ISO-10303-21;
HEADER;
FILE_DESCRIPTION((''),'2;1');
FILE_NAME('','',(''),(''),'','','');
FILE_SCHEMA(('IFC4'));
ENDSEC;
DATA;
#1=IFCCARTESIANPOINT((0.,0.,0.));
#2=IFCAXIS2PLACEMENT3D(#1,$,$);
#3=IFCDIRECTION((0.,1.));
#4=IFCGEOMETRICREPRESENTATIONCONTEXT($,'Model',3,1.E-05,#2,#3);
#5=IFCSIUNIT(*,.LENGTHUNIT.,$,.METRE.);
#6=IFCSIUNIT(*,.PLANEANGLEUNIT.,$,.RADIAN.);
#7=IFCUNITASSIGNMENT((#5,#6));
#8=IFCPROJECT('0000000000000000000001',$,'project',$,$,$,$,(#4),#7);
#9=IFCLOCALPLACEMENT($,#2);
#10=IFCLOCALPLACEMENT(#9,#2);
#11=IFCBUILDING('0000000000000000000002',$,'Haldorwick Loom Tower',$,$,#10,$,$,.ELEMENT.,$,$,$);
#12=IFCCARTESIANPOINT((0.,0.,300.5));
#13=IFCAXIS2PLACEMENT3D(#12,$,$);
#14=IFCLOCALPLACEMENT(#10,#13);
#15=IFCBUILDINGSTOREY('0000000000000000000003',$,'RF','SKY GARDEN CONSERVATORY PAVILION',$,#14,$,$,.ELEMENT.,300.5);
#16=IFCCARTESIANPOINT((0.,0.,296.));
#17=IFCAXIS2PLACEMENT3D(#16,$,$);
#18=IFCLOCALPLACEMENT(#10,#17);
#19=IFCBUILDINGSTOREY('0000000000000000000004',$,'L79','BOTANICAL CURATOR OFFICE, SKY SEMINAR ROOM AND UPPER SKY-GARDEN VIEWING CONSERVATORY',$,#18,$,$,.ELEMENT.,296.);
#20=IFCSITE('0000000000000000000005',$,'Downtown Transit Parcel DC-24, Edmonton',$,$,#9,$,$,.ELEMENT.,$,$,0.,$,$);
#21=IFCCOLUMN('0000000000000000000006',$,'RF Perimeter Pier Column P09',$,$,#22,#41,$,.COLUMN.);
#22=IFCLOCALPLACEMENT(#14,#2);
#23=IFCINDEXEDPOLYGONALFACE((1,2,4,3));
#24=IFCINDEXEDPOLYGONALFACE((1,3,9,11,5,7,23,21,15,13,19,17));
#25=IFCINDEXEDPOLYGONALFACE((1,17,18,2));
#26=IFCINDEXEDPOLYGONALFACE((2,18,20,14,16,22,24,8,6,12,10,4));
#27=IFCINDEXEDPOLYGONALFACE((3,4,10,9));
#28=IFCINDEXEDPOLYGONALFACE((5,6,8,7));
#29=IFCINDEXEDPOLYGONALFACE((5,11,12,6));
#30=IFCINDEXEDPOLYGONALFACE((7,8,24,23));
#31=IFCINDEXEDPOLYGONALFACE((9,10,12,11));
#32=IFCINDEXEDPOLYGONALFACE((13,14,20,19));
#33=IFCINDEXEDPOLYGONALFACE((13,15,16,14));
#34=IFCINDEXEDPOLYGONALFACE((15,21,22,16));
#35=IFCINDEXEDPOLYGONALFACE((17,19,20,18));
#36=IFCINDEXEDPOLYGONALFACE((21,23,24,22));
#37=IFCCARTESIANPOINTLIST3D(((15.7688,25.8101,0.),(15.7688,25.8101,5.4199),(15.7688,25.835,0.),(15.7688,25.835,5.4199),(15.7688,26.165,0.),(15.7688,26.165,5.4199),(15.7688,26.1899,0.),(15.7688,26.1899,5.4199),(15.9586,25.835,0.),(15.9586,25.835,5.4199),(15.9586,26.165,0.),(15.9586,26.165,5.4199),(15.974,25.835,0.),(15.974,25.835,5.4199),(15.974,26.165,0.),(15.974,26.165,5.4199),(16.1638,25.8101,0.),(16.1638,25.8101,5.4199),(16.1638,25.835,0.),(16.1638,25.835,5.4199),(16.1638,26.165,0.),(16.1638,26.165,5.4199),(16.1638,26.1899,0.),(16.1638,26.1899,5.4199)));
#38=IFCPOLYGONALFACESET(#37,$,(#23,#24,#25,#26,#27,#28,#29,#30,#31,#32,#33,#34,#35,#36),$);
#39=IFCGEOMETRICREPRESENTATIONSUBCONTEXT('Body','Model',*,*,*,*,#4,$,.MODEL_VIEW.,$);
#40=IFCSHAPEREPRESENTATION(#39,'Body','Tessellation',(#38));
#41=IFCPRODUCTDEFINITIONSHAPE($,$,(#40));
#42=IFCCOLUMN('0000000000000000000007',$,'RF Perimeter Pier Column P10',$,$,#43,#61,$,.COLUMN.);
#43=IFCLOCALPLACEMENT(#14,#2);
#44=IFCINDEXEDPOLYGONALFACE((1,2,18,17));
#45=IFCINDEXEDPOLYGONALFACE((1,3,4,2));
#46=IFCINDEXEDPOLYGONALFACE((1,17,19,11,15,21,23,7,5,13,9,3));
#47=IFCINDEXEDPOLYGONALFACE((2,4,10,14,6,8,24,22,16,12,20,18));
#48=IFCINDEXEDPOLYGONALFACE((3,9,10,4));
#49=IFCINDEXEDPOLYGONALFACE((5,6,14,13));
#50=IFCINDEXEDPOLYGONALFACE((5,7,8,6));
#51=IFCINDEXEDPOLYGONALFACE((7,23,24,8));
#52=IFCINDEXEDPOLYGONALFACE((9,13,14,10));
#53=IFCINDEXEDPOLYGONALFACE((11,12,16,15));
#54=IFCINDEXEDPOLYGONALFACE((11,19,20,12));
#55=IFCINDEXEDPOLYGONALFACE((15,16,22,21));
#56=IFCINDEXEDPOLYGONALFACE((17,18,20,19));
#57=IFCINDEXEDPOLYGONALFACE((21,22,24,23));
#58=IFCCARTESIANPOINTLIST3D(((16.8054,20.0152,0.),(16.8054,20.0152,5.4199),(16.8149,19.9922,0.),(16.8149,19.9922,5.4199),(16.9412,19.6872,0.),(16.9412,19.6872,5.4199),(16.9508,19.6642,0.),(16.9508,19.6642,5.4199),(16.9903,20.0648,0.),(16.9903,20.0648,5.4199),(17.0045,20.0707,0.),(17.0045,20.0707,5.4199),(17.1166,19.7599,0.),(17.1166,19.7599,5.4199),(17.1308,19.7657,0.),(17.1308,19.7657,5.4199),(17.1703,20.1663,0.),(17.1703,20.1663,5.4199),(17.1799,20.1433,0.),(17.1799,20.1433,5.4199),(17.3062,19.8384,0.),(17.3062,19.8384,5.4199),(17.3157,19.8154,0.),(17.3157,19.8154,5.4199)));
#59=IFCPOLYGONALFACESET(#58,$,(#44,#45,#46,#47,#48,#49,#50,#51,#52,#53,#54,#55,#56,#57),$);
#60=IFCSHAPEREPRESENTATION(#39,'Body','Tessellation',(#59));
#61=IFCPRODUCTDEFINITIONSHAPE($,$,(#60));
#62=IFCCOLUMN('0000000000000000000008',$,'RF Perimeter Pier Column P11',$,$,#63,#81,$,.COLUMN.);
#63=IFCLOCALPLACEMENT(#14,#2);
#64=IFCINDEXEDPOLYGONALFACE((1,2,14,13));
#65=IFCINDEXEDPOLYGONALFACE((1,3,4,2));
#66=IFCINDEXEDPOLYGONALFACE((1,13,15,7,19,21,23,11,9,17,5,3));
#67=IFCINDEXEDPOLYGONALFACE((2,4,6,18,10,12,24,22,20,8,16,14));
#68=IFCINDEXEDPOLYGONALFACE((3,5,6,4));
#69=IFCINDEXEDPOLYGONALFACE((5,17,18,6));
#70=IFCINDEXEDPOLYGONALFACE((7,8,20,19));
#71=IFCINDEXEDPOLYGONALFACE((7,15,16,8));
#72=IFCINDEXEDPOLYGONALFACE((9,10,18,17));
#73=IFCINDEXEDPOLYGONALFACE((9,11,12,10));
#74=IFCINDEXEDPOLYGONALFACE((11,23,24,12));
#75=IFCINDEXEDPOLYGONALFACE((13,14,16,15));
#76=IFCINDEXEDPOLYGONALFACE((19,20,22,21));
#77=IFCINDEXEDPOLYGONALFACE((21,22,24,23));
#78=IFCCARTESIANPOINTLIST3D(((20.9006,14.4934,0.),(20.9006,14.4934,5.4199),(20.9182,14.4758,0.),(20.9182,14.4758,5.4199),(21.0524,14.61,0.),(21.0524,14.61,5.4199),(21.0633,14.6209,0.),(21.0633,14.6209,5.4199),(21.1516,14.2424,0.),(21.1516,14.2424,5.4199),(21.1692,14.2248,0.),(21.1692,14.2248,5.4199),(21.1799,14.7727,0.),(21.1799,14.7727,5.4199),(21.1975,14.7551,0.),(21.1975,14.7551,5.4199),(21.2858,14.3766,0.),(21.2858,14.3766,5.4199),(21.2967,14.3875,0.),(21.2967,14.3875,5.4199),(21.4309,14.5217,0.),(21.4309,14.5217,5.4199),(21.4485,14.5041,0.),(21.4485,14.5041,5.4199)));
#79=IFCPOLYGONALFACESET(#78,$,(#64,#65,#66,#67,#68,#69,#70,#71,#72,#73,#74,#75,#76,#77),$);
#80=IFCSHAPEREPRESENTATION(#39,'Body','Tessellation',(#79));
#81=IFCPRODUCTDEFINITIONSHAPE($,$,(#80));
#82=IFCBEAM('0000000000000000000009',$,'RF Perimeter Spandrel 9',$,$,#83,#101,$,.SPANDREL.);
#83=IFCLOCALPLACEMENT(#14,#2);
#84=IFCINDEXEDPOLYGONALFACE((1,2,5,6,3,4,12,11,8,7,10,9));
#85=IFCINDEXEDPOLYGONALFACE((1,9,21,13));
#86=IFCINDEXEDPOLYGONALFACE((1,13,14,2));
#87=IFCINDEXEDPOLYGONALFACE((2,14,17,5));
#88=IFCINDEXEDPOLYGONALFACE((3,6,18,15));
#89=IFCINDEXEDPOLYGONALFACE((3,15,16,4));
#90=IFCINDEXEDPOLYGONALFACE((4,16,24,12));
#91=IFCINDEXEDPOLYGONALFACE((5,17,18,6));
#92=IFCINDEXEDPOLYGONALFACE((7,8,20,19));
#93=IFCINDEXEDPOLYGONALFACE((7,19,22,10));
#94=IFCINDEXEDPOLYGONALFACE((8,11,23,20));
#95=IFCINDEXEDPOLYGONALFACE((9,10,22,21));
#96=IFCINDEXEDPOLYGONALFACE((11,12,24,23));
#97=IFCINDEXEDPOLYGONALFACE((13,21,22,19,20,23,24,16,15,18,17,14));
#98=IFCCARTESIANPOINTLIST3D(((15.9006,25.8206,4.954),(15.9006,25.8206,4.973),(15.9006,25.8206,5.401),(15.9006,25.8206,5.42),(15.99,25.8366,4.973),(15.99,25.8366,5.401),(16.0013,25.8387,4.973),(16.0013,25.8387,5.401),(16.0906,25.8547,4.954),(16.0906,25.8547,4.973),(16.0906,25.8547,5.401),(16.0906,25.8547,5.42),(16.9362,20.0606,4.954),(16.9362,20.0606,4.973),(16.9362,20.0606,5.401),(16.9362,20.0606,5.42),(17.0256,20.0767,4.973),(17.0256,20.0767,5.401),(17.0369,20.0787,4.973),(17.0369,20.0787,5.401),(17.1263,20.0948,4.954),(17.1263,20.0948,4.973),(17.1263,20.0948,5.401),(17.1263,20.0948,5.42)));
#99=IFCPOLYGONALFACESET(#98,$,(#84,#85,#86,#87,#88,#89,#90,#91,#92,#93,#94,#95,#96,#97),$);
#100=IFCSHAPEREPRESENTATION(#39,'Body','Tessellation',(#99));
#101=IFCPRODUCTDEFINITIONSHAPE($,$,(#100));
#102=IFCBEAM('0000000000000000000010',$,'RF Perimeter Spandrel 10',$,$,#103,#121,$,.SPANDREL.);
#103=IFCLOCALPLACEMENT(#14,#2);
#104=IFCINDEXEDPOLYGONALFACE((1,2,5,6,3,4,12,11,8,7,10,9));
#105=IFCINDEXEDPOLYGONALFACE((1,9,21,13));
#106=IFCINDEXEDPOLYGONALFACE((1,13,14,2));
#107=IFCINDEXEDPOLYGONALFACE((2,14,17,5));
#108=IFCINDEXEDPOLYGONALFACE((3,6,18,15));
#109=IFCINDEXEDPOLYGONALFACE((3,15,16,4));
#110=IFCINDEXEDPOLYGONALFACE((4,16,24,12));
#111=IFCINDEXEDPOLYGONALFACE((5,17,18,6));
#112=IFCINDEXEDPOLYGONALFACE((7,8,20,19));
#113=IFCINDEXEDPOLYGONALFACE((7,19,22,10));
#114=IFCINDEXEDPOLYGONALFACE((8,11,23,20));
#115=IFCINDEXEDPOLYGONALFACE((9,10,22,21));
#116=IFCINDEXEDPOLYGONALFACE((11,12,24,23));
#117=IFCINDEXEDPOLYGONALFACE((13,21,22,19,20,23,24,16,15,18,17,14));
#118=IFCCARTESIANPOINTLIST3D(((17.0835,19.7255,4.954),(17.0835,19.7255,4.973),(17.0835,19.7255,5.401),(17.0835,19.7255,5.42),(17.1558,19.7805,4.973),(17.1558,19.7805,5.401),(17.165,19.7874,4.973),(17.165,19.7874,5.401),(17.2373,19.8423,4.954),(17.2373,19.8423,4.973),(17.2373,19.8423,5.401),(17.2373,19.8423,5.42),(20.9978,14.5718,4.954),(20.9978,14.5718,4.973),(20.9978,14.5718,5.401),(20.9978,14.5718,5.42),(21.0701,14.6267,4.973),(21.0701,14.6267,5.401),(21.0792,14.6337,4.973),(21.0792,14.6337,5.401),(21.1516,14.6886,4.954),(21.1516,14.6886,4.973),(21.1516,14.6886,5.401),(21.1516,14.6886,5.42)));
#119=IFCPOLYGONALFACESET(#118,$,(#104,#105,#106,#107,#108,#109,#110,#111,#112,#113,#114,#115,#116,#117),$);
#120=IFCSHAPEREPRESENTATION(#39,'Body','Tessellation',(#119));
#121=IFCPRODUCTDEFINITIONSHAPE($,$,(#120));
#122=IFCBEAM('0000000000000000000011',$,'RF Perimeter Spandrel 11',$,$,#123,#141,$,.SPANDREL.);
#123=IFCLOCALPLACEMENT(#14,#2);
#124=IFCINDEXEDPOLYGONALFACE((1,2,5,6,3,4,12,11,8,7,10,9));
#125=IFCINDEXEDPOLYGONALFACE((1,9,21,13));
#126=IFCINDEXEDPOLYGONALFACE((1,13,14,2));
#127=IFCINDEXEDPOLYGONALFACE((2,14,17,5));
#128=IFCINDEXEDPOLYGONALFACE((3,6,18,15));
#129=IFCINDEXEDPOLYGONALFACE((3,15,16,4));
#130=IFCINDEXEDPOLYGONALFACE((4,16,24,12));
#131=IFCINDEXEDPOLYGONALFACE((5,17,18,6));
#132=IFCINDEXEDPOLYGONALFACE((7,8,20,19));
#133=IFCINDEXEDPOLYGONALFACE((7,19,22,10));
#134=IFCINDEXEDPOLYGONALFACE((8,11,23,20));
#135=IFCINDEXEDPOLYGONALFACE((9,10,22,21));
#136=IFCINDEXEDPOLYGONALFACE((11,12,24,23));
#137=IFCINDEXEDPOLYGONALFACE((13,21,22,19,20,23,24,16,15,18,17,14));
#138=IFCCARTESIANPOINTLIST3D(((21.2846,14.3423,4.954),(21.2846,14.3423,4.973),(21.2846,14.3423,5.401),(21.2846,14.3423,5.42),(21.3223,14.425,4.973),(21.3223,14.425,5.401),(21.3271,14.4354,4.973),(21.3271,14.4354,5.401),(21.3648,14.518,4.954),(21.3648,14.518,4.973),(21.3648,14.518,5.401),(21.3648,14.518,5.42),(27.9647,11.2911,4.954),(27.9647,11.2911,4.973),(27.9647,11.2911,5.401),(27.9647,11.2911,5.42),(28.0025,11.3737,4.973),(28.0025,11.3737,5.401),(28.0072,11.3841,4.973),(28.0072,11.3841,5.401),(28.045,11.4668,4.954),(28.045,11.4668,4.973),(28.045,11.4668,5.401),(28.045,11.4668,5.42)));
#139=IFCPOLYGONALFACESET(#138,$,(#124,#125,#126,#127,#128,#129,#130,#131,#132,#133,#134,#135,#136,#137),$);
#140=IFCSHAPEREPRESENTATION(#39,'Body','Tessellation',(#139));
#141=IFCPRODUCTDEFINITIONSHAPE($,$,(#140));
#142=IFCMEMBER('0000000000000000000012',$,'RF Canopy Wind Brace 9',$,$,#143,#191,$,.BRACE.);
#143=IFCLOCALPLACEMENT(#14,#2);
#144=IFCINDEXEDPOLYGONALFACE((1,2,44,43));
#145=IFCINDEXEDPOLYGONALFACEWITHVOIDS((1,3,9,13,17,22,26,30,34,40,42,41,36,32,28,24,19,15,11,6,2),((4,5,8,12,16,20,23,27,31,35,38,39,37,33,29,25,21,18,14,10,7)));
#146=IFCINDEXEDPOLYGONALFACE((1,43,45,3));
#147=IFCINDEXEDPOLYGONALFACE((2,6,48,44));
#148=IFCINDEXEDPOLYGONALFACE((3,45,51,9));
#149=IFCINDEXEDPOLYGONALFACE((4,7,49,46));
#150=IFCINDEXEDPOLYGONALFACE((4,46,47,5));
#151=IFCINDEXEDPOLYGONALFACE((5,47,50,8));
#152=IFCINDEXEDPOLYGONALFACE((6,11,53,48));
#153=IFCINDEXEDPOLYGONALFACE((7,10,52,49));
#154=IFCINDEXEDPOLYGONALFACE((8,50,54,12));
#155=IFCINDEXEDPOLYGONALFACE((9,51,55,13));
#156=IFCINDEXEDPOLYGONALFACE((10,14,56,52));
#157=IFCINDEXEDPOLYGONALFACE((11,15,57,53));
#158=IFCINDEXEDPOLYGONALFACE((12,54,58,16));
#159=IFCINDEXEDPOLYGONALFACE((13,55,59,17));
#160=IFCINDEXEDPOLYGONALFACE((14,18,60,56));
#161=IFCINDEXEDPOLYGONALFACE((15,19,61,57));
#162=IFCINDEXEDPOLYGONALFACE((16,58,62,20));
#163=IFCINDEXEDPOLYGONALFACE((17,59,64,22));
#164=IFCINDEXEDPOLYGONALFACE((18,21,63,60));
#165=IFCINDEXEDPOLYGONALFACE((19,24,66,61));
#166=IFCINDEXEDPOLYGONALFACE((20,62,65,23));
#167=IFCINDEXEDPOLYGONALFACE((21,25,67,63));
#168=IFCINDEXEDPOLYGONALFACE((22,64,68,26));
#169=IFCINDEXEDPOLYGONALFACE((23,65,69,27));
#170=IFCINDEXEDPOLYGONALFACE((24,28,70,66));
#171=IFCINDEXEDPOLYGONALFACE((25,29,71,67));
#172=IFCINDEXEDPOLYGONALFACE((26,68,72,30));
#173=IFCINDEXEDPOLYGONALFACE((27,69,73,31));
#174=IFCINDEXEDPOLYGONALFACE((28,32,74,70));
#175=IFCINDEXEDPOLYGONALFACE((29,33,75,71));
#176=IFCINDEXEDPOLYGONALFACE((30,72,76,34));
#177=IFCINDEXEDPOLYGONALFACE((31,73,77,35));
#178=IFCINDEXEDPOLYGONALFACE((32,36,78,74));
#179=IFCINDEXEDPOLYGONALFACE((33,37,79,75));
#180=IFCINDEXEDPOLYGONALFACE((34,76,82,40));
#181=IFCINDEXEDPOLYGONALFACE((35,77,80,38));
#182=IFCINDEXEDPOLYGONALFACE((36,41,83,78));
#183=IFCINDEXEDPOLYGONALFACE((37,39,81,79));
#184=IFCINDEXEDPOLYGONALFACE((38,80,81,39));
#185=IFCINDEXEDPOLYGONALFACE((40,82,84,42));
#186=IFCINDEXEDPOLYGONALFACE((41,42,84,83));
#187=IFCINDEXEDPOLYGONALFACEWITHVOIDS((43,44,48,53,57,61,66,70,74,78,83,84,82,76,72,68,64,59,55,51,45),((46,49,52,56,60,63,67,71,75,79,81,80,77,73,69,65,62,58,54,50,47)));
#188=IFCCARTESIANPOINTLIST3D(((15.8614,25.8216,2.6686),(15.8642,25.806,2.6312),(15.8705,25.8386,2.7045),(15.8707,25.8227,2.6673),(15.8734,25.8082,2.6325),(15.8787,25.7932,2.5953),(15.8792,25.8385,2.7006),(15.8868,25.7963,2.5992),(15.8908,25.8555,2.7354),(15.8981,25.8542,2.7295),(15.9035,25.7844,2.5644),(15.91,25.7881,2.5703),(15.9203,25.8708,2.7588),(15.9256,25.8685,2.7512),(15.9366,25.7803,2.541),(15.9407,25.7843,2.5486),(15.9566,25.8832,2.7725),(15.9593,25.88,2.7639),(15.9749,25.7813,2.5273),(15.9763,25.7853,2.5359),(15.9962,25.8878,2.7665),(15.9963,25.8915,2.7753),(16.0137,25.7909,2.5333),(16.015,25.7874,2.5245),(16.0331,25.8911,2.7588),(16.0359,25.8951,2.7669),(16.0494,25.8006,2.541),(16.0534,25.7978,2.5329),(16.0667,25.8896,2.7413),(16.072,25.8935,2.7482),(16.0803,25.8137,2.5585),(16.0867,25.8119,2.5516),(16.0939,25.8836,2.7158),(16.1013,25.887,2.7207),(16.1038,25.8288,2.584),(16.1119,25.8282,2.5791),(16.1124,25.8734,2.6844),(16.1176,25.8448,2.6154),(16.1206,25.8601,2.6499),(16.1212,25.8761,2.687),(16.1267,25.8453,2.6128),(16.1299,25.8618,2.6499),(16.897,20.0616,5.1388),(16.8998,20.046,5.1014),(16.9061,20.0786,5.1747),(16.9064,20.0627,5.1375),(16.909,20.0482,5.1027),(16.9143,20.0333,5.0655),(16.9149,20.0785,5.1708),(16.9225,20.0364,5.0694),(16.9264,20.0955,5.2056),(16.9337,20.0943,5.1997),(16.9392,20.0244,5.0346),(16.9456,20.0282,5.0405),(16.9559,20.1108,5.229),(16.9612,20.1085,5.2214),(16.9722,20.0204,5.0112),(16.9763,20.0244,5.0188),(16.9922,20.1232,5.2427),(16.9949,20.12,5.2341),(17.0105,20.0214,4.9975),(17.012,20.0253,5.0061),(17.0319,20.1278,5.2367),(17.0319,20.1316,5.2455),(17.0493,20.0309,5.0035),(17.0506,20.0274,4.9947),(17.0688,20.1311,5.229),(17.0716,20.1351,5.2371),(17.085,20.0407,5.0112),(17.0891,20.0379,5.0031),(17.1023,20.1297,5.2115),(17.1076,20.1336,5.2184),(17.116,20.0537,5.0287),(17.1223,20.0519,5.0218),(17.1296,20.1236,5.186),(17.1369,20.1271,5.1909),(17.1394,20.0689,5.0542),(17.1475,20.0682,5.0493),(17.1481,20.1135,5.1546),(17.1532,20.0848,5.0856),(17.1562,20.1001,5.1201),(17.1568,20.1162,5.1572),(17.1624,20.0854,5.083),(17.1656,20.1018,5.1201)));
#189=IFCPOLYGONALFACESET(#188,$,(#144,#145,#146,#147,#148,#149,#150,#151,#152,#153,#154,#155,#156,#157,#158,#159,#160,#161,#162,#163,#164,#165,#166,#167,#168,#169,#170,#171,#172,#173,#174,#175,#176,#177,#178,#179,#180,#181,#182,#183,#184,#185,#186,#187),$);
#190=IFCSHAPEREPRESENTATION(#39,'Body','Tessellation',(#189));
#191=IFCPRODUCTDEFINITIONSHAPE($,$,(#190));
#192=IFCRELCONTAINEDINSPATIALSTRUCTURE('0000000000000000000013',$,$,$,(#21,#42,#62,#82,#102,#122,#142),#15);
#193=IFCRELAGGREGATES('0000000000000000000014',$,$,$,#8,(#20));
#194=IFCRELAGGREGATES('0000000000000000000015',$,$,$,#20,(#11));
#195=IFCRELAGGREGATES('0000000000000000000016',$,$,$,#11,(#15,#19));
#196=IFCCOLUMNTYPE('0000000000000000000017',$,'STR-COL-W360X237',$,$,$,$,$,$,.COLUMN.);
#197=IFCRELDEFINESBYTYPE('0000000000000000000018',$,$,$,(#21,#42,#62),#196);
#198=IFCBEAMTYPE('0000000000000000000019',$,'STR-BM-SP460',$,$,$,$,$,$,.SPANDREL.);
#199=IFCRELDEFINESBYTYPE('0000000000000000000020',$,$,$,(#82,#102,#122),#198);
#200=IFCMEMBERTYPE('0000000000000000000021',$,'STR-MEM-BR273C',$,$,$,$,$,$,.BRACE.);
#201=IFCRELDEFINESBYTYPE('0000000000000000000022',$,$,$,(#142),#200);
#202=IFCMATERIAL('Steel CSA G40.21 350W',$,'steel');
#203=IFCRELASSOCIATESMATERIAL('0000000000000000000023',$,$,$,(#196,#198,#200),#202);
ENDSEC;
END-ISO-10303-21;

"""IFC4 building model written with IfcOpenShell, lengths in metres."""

from ifc_helpers import new_model, si_unit, direction, frame, origin, origin_2d, place, context, subcontext, project, spatial, hollow_circle, i_section, extrude, material, material_profile, profile_set, type_object, element, save


model = new_model("IFC4")

# Units and contexts
model_context = context("Model", 3, precision=1e-05, world=origin(), true_north=direction((0.0, 1.0)))
body_context = subcontext(model_context, "Body", "Model", "MODEL_VIEW")
ifc_project = project(units=[si_unit("LENGTHUNIT", "METRE"), si_unit("PLANEANGLEUNIT", "RADIAN")], contexts=[model_context])

# Site, building, storey
site_placement = place(None, origin())
site = spatial("IfcSite", under=ifc_project, at=site_placement, Name="Downtown Transit Parcel DC-24, Edmonton", CompositionType="ELEMENT", RefElevation=0.0)
building_placement = place(site_placement, origin())
building = spatial("IfcBuilding", under=site, at=building_placement, Name="Haldorwick Loom Tower", CompositionType="ELEMENT")
storey_1_placement = place(building_placement, frame((0.0, 0.0, 300.5)))
storey_1 = spatial("IfcBuildingStorey", under=building, at=storey_1_placement, Name="RF", Description="SKY GARDEN CONSERVATORY PAVILION", CompositionType="ELEMENT", Elevation=300.5)

# Columns
ifc_material_1 = material(Name="Steel CSA G40.21 350W", Category="steel")
ifc_material_profile_1 = material_profile(ifc_material_1, i_section(OverallWidth=0.395, OverallDepth=0.3799, WebThickness=0.0154, FlangeThickness=0.0249, at=origin_2d()), Name="W360X237", Category="steel")
ifc_profile_set_1 = profile_set([ifc_material_profile_1], Name="Steel CSA G40.21 350W")
column_type = type_object("IfcColumnType", Name="STR-COL-W360X237", PredefinedType="COLUMN", material=ifc_profile_set_1)
for number, where, z_axis, x_axis, name in (
    (1, (15.9663, 26.0, 0.0), (0.0, 0.0, 1.0), (-1.0, 0.0, 0.0), "RF Perimeter Pier Column P09"),
    (2, (17.0605, 19.9153, 0.0), (0.0, 0.0, 1.0), (-0.92388, -0.382683, 0.0), "RF Perimeter Pier Column P10"),
    (3, (21.1746, 14.4988, 0.0), (0.0, 0.0, 1.0), (-0.707107, -0.707107, 0.0), "RF Perimeter Pier Column P11"),
):
    element("IfcColumn", number, at=place(storey_1_placement, frame(where, z_axis=z_axis, x_axis=x_axis)), inside=storey_1, type_object=column_type, Name=name, PredefinedType="COLUMN", context=body_context, shape_type="SweptSolid", body=[
        extrude(i_section(OverallWidth=0.395, OverallDepth=0.3799, WebThickness=0.0154, FlangeThickness=0.0249, at=origin_2d()), origin(), (0.0, 0.0, 1.0), 5.4199),
    ])

# Beams
ifc_material_profile_2 = material_profile(ifc_material_1, i_section(OverallWidth=0.1931, OverallDepth=0.4661, WebThickness=0.0115, FlangeThickness=0.019, at=origin_2d()), Name="W460X97", Category="steel")
ifc_profile_set_2 = profile_set([ifc_material_profile_2], Name="Steel CSA G40.21 350W")
beam_type = type_object("IfcBeamType", Name="STR-BM-SP460", PredefinedType="SPANDREL", material=ifc_profile_set_2)
beam_1_placement = place(storey_1_placement, frame((15.9956, 25.8376, 5.187), z_axis=(0.176961, -0.984218, 0.0), x_axis=(0.984218, 0.176961, 0.0)))
element("IfcBeam", 4, at=beam_1_placement, inside=storey_1, type_object=beam_type, Name="RF Perimeter Spandrel 9", PredefinedType="SPANDREL", context=body_context, shape_type="SweptSolid", body=[
    extrude(i_section(OverallWidth=0.1931, OverallDepth=0.4661, WebThickness=0.0115, FlangeThickness=0.019, at=origin_2d()), origin(), (0.0, 0.0, 1.0), 5.8523),
])
beam_2_placement = place(storey_1_placement, frame((17.1604, 19.7839, 5.187), z_axis=(0.60483, -0.796355, 0.0), x_axis=(0.796355, 0.60483, 0.0)))
element("IfcBeam", 5, at=beam_2_placement, inside=storey_1, type_object=beam_type, Name="RF Perimeter Spandrel 10", PredefinedType="SPANDREL", context=body_context, shape_type="SweptSolid", body=[
    extrude(i_section(OverallWidth=0.1931, OverallDepth=0.4661, WebThickness=0.0115, FlangeThickness=0.019, at=origin_2d()), origin(), (0.0, 0.0, 1.0), 6.4717),
])
beam_3_placement = place(storey_1_placement, frame((21.3247, 14.4302, 5.187), z_axis=(0.909604, -0.415475, 0.0), x_axis=(0.415475, 0.909604, 0.0)))
element("IfcBeam", 6, at=beam_3_placement, inside=storey_1, type_object=beam_type, Name="RF Perimeter Spandrel 11", PredefinedType="SPANDREL", context=body_context, shape_type="SweptSolid", body=[
    extrude(i_section(OverallWidth=0.1931, OverallDepth=0.4661, WebThickness=0.0115, FlangeThickness=0.019, at=origin_2d()), origin(), (0.0, 0.0, 1.0), 7.344),
])

# Member
ifc_material_profile_3 = material_profile(ifc_material_1, hollow_circle(Radius=0.1365, WallThickness=0.0095, at=origin_2d()), Name="HSS273X10", Category="steel")
ifc_profile_set_3 = profile_set([ifc_material_profile_3], Name="Steel CSA G40.21 350W")
member_type_1 = type_object("IfcMemberType", Name="STR-MEM-BR273C", PredefinedType="BRACE", material=ifc_profile_set_3)
member_1_placement = place(storey_1_placement, frame((15.9956, 25.8376, 2.6499), z_axis=(0.163034, -0.906754, 0.388867), x_axis=(0.984218, 0.176961, 0.0)))
element("IfcMember", 7, at=member_1_placement, inside=storey_1, type_object=member_type_1, Name="RF Canopy Wind Brace 9", PredefinedType="BRACE", context=body_context, shape_type="SweptSolid", body=[
    extrude(hollow_circle(Radius=0.1365, WallThickness=0.0095, at=origin_2d()), origin(), (0.0, 0.0, 1.0), 6.3523),
])

# Shared definitions
storey_2_placement = place(building_placement, frame((0.0, 0.0, 296.0)))
storey_2 = spatial("IfcBuildingStorey", under=building, at=storey_2_placement, Name="L79", Description="BOTANICAL CURATOR OFFICE, SKY SEMINAR ROOM AND UPPER SKY-GARDEN VIEWING CONSERVATORY", CompositionType="ELEMENT", Elevation=296.0)

save(model, "model.ifc")
